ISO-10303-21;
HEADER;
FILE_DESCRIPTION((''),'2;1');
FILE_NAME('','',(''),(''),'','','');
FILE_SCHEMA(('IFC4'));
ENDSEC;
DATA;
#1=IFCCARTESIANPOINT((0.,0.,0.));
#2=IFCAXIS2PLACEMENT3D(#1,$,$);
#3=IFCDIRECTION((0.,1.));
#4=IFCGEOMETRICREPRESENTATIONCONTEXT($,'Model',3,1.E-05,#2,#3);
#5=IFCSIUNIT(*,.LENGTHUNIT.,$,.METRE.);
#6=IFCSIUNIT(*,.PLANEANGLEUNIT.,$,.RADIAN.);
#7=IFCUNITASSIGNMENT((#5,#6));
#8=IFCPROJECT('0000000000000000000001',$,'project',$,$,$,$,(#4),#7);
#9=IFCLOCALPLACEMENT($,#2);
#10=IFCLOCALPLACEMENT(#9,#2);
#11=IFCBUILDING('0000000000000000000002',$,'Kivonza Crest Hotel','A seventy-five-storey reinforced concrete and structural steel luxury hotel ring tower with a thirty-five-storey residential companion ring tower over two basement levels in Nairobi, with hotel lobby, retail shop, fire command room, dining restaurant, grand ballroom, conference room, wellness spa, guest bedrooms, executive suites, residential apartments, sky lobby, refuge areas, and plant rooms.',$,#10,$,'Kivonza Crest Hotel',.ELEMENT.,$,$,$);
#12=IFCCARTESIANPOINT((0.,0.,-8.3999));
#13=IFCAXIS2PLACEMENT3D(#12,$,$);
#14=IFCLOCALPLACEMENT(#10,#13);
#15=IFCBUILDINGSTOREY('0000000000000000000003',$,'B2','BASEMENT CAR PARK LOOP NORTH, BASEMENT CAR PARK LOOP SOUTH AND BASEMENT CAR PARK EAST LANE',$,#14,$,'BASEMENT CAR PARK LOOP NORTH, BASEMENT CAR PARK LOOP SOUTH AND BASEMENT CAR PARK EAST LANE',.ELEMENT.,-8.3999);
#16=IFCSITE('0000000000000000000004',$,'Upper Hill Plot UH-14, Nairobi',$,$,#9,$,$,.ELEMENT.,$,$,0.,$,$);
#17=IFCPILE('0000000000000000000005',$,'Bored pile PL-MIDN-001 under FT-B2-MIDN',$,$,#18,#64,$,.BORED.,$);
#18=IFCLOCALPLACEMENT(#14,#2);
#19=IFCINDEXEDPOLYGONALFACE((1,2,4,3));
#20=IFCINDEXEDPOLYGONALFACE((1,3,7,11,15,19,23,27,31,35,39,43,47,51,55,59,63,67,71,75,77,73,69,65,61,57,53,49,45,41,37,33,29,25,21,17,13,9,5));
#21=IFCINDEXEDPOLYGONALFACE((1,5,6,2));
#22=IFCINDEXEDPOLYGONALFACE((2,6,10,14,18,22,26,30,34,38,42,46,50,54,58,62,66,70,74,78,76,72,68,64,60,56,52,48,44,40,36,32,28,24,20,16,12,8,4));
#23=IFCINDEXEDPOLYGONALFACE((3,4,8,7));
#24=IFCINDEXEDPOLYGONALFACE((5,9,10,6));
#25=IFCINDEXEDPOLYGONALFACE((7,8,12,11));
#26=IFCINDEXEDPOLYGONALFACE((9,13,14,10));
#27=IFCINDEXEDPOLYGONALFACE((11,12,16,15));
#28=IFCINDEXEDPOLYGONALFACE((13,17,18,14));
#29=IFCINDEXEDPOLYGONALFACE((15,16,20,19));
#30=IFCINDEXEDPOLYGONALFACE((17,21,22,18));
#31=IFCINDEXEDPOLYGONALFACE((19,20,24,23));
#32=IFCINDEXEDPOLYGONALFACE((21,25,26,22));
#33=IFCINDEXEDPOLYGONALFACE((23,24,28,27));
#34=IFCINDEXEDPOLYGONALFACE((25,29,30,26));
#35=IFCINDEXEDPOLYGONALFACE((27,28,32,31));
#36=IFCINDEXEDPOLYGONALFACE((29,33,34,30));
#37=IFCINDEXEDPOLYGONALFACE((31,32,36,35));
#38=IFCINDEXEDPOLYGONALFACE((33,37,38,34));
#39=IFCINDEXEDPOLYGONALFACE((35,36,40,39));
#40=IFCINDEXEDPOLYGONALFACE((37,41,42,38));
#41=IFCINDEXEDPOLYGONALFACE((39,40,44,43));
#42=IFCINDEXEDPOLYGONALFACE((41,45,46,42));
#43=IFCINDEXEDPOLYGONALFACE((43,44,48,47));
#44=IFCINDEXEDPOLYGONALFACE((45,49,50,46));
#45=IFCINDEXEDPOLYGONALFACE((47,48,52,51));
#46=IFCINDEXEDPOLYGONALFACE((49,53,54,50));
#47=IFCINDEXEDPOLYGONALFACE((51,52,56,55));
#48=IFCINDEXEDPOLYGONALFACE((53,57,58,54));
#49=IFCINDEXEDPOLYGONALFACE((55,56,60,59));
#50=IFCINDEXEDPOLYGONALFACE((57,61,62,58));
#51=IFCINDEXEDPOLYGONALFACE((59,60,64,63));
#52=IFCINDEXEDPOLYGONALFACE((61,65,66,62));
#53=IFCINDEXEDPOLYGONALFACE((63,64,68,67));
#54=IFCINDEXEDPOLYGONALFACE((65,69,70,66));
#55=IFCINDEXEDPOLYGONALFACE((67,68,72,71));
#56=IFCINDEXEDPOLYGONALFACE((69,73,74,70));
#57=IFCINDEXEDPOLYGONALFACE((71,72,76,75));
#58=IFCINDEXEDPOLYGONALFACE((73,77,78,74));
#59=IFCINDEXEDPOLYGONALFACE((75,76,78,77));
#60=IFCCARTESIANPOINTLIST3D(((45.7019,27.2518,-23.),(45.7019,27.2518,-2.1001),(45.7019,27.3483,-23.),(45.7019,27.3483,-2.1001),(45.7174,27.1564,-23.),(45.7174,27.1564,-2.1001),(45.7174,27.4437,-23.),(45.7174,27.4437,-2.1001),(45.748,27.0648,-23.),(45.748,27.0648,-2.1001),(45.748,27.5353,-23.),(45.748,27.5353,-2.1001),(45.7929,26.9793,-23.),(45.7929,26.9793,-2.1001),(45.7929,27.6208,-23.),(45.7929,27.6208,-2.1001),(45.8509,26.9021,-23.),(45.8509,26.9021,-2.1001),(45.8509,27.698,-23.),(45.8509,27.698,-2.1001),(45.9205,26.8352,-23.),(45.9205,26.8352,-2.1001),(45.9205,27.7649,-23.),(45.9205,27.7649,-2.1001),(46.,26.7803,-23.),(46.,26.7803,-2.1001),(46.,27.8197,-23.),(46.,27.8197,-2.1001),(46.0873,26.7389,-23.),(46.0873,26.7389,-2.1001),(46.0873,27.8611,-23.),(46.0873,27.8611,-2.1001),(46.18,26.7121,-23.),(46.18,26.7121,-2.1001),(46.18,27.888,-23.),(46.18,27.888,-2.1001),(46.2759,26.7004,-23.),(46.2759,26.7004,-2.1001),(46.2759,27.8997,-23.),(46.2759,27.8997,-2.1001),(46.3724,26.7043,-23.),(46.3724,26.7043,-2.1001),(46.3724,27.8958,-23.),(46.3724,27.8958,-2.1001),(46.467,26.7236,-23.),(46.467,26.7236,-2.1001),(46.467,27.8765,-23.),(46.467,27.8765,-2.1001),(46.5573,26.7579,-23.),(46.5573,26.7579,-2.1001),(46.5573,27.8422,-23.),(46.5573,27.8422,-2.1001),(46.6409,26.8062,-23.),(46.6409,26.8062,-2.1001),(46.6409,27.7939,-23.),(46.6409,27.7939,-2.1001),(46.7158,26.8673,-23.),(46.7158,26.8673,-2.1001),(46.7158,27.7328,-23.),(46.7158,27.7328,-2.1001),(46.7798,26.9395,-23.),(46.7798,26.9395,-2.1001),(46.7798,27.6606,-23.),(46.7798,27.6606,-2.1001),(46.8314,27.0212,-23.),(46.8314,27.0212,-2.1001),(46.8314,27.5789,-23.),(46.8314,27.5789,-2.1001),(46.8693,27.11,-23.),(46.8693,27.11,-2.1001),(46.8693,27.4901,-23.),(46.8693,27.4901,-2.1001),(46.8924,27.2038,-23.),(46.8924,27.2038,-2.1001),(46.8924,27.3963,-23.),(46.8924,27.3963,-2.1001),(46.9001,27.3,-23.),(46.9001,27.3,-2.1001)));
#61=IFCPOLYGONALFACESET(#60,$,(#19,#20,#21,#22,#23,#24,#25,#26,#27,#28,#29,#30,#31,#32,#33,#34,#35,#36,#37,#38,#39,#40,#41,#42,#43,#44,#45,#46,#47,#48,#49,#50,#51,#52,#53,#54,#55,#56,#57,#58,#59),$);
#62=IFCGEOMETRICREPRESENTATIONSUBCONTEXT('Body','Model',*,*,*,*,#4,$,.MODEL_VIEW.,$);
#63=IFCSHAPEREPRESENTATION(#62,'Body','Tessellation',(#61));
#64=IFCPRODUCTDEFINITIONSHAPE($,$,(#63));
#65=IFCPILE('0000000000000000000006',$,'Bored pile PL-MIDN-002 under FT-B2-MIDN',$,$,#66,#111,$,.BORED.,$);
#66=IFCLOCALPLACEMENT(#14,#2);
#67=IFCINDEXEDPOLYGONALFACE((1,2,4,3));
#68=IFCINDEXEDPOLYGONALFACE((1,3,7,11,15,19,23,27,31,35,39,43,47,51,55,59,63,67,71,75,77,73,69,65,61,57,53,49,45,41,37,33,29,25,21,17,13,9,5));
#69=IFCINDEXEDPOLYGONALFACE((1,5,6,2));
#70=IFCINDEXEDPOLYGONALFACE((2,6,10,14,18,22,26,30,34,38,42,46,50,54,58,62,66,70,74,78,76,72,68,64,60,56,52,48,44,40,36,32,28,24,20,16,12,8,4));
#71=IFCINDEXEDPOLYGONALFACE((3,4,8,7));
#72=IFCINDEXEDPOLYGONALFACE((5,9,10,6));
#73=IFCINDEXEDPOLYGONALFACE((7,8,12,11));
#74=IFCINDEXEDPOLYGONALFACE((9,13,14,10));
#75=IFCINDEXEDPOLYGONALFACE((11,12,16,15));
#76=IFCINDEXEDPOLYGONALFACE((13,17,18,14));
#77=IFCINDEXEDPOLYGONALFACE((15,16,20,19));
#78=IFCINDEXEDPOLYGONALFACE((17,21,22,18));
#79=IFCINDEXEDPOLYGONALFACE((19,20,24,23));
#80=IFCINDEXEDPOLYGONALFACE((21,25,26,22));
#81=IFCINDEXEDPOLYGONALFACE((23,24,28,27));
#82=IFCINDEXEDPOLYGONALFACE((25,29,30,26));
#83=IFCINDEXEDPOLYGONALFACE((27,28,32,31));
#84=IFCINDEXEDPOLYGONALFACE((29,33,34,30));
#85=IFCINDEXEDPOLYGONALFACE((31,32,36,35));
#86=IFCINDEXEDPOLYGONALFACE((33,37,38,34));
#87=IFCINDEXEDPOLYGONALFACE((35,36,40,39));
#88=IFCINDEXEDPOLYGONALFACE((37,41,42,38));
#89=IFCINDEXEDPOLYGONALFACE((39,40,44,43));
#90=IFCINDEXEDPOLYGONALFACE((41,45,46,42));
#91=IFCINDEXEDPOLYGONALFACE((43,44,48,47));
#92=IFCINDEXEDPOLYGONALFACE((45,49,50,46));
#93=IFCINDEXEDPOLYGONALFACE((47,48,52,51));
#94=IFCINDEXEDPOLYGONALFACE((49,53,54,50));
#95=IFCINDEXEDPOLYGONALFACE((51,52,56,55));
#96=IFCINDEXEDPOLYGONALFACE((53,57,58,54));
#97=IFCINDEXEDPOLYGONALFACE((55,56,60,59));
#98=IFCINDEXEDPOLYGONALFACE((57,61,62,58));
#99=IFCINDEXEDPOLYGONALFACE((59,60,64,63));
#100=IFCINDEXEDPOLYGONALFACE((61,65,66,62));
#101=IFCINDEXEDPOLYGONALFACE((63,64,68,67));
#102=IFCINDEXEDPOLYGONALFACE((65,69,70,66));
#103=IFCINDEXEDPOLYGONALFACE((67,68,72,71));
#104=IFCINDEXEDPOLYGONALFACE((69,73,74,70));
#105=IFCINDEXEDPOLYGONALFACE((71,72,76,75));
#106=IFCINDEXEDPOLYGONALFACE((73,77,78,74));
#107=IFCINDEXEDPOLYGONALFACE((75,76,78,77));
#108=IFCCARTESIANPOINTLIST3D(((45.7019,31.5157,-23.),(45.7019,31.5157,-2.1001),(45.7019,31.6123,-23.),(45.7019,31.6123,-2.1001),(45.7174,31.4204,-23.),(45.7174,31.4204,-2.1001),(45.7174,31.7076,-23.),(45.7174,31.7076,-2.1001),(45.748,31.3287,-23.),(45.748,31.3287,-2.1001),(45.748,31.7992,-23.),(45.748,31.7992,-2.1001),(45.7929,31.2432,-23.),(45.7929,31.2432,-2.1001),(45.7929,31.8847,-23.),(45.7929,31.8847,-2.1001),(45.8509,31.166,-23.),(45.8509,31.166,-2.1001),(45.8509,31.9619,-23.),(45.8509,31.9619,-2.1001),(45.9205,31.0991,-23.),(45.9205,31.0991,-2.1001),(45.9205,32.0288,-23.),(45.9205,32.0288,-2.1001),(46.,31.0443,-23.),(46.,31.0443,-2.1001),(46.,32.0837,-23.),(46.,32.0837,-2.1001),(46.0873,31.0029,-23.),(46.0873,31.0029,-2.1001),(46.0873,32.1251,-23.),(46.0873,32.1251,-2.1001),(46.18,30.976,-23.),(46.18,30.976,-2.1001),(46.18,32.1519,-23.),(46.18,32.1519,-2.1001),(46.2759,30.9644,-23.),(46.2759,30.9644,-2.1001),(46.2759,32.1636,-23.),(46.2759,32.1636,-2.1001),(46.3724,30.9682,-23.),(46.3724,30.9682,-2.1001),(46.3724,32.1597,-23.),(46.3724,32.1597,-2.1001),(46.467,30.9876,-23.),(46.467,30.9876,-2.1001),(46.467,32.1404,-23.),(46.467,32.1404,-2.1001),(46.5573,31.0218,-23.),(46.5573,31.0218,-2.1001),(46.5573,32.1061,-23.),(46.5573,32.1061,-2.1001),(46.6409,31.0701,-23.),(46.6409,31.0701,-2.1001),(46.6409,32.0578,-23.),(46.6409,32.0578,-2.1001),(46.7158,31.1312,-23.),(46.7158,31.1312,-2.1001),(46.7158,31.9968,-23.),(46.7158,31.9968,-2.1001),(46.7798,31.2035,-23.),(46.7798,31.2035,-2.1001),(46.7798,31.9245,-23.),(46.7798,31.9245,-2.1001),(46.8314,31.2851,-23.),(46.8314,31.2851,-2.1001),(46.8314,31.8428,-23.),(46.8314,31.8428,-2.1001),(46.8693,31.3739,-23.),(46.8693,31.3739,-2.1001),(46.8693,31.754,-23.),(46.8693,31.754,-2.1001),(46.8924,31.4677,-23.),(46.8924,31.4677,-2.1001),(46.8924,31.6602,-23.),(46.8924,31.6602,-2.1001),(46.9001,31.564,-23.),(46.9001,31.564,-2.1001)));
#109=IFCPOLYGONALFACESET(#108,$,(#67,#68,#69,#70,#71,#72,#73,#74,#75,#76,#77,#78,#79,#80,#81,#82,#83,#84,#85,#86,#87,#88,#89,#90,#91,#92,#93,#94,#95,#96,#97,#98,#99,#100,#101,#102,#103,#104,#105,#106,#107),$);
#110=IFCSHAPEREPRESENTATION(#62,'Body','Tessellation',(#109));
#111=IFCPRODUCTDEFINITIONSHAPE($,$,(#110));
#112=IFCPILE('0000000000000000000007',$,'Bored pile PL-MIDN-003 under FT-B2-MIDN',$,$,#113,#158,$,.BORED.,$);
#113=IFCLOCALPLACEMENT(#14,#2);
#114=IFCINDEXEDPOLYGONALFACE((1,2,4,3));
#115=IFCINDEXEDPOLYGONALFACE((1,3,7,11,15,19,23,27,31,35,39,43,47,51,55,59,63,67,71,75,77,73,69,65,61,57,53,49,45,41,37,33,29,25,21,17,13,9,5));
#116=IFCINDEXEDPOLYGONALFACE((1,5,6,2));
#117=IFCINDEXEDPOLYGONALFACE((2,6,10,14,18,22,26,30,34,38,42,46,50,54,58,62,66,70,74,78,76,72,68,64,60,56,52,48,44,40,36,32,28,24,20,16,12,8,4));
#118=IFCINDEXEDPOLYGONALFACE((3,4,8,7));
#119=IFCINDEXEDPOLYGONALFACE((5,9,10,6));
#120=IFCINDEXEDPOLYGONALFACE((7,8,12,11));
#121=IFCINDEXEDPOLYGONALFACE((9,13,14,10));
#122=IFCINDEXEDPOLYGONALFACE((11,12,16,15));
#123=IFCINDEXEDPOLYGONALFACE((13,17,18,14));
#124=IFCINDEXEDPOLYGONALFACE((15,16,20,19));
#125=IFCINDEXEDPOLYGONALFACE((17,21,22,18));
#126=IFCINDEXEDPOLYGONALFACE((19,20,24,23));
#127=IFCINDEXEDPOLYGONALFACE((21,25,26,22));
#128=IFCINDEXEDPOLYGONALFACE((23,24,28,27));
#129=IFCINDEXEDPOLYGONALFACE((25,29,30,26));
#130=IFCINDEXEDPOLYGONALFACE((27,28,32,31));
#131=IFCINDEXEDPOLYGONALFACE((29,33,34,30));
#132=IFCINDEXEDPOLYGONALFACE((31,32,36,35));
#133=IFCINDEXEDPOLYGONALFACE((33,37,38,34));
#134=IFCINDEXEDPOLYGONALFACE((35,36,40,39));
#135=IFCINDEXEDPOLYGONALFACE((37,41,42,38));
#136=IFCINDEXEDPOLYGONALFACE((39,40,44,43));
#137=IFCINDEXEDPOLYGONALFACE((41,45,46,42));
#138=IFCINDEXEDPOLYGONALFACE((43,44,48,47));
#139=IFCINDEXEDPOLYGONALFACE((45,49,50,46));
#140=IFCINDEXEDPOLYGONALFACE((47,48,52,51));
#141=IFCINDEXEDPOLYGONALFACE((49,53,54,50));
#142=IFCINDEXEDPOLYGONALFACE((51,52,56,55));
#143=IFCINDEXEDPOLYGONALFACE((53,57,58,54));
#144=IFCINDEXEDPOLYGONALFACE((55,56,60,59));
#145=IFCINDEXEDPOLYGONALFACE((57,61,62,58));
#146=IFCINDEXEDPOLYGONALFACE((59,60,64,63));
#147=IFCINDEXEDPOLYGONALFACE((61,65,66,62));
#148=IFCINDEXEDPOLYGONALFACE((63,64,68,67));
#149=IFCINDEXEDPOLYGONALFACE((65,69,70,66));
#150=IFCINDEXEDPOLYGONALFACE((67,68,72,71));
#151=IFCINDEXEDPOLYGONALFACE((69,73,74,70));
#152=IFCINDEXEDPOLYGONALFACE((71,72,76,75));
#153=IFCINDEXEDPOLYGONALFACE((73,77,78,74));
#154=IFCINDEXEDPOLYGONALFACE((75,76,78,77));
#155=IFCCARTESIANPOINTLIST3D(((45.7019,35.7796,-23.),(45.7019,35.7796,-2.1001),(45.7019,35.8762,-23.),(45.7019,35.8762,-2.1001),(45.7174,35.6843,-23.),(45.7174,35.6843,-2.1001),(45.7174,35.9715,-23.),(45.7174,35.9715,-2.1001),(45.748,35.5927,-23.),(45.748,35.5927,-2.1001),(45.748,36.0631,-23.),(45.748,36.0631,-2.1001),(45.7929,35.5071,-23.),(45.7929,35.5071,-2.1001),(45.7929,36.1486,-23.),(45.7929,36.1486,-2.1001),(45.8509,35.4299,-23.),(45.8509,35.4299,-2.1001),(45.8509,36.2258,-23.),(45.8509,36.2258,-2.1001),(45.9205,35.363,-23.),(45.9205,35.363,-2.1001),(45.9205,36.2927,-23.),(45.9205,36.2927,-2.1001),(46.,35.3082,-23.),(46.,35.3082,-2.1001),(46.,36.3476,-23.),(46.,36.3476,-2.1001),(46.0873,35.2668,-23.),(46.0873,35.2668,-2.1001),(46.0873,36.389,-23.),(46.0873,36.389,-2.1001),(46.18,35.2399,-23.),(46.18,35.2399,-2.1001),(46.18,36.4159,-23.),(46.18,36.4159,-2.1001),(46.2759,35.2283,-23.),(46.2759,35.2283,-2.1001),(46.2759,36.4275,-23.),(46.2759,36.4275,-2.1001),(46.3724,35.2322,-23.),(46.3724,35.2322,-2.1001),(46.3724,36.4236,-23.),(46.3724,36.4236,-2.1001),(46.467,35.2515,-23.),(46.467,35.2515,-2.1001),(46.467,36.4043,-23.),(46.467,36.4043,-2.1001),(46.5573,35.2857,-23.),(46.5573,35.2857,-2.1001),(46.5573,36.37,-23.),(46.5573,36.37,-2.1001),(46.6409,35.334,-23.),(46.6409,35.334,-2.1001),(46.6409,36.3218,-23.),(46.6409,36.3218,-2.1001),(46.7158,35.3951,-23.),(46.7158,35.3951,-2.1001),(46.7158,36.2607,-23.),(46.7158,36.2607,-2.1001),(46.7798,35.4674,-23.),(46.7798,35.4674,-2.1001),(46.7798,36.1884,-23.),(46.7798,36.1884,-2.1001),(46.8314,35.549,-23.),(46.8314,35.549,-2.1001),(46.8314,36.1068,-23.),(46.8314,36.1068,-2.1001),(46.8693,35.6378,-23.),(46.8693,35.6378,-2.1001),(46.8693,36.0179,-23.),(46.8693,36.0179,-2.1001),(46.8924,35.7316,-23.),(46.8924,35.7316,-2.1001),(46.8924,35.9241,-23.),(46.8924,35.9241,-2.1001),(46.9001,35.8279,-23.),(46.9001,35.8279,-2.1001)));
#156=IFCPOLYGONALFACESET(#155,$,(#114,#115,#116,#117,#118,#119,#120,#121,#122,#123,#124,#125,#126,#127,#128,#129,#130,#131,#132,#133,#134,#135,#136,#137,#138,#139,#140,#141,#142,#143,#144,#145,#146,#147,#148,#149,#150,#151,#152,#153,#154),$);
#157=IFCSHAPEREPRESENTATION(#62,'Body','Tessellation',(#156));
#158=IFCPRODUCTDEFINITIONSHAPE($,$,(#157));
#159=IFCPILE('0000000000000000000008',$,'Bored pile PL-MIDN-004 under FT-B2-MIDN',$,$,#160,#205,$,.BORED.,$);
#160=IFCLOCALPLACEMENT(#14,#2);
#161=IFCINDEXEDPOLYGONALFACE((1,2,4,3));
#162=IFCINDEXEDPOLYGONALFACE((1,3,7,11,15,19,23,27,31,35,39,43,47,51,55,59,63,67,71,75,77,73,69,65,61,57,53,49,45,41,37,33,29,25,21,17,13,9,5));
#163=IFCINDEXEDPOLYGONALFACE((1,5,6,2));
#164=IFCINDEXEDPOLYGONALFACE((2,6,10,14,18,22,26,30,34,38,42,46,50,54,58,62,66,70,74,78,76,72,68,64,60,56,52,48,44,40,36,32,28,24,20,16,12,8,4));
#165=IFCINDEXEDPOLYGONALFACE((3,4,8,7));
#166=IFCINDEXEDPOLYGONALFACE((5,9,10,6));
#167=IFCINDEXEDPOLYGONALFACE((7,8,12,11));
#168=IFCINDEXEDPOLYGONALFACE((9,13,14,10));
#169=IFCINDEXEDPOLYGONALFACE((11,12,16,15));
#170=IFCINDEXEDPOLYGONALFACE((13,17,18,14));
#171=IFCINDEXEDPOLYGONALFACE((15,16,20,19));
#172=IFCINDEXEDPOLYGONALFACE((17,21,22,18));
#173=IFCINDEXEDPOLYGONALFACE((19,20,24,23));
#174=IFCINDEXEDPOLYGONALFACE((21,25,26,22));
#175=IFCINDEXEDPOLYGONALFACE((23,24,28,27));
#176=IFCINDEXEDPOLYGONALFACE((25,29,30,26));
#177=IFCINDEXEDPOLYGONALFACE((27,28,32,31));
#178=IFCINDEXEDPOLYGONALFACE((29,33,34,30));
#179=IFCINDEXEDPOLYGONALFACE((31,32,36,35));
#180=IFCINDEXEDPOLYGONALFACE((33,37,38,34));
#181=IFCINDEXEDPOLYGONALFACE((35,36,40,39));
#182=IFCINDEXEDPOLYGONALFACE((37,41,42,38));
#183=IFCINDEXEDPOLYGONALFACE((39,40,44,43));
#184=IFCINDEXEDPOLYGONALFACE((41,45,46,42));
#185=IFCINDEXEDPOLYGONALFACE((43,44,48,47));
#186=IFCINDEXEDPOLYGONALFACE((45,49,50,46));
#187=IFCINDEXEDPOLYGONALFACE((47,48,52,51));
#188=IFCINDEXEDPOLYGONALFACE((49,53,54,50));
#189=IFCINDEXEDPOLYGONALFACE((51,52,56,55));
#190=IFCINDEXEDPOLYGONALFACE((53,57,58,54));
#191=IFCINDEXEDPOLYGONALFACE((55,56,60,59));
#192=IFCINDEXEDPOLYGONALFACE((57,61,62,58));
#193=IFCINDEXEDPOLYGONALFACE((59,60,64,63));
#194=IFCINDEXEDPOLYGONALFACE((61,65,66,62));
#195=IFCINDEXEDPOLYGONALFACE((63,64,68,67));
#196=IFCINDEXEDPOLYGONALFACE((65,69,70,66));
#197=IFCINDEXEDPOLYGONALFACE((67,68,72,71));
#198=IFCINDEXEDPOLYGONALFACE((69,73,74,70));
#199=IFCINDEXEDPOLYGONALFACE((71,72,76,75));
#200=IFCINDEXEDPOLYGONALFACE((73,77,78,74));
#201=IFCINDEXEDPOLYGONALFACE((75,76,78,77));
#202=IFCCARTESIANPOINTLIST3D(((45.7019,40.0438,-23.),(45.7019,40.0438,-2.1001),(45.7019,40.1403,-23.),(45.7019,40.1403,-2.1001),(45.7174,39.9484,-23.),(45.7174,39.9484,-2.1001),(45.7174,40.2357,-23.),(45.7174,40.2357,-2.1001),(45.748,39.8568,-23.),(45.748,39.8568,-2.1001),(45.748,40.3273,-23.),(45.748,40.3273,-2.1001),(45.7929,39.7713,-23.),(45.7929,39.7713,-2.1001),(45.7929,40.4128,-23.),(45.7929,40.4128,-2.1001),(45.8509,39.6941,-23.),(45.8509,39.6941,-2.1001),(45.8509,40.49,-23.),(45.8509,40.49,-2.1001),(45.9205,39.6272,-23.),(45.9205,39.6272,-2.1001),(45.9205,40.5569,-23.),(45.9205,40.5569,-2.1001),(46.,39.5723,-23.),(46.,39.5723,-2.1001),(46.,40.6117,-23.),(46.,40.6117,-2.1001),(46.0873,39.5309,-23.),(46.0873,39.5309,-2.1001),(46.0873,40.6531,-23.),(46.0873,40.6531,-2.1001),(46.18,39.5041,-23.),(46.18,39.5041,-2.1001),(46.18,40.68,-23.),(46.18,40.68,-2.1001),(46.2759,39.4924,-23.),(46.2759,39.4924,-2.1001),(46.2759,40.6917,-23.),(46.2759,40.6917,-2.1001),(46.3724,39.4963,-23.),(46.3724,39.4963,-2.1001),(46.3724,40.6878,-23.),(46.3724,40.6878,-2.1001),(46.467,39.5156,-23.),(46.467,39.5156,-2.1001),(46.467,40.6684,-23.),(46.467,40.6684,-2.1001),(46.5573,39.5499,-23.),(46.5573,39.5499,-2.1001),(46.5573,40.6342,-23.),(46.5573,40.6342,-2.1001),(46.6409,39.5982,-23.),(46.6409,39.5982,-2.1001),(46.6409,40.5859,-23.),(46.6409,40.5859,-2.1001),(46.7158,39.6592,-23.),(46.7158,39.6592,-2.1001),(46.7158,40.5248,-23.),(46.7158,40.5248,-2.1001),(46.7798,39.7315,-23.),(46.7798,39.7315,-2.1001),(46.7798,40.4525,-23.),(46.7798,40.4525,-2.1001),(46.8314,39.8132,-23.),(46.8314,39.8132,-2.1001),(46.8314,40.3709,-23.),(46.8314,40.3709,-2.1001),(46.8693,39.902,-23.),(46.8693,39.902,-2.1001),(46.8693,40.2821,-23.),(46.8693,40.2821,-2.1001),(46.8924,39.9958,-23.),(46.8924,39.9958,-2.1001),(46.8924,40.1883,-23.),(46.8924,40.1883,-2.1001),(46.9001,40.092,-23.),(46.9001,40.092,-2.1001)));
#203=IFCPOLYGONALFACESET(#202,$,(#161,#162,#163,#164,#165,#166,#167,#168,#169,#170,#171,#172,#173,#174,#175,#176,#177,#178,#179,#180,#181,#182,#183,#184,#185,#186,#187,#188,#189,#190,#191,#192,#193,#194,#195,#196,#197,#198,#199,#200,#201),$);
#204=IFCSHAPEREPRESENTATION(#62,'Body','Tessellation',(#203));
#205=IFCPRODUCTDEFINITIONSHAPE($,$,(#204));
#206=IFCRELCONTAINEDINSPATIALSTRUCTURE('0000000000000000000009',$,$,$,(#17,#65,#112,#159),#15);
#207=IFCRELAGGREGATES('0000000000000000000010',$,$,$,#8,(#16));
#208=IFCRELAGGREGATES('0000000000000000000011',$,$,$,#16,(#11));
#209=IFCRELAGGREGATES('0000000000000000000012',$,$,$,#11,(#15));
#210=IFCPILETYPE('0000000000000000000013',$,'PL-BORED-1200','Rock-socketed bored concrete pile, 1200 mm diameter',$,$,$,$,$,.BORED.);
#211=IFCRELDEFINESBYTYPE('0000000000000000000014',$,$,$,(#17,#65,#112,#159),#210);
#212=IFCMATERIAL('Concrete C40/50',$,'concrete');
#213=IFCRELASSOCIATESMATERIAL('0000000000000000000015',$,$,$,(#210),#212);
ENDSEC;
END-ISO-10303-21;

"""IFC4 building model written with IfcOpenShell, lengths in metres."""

from ifc_helpers import new_model, si_unit, direction, frame, origin, origin_2d, place, context, subcontext, project, spatial, circle, extrude, material, material_profile, profile_set, type_object, element, save


model = new_model("IFC4")

# Units and contexts
model_context = context("Model", 3, precision=1e-05, world=origin(), true_north=direction((0.0, 1.0)))
body_context = subcontext(model_context, "Body", "Model", "MODEL_VIEW")
ifc_project = project(units=[si_unit("LENGTHUNIT", "METRE"), si_unit("PLANEANGLEUNIT", "RADIAN")], contexts=[model_context])

# Site, building, storey
site_placement = place(None, origin())
site = spatial("IfcSite", under=ifc_project, at=site_placement, Name="Upper Hill Plot UH-14, Nairobi", CompositionType="ELEMENT", RefElevation=0.0)
building_placement = place(site_placement, origin())
building = spatial("IfcBuilding", under=site, at=building_placement, Name="Kivonza Crest Hotel", Description="A seventy-five-storey reinforced concrete and structural steel luxury hotel ring tower with a thirty-five-storey residential companion ring tower over two basement levels in Nairobi, with hotel lobby, retail shop, fire command room, dining restaurant, grand ballroom, conference room, wellness spa, guest bedrooms, executive suites, residential apartments, sky lobby, refuge areas, and plant rooms.", LongName="Kivonza Crest Hotel", CompositionType="ELEMENT")
storey_placement = place(building_placement, frame((0.0, 0.0, -8.3999)))
storey = spatial("IfcBuildingStorey", under=building, at=storey_placement, Name="B2", Description="BASEMENT CAR PARK LOOP NORTH, BASEMENT CAR PARK LOOP SOUTH AND BASEMENT CAR PARK EAST LANE", LongName="BASEMENT CAR PARK LOOP NORTH, BASEMENT CAR PARK LOOP SOUTH AND BASEMENT CAR PARK EAST LANE", CompositionType="ELEMENT", Elevation=-8.3999)

# Piles
ifc_material_1 = material(Name="Concrete C40/50", Category="concrete")
ifc_material_profile_1 = material_profile(ifc_material_1, circle(Radius=0.6001, at=origin_2d()), Name="PILE D1200")
ifc_profile_set_1 = profile_set([ifc_material_profile_1], Name="Concrete C40/50")
pile_type_1 = type_object("IfcPileType", Name="PL-BORED-1200", Description="Rock-socketed bored concrete pile, 1200 mm diameter", PredefinedType="BORED", material=ifc_profile_set_1)
for number, where, z_axis, x_axis, name in (
    (1, (46.3, 27.3, -2.1001), (0.0, 0.0, -1.0), (1.0, 0.0, 0.0), "Bored pile PL-MIDN-001 under FT-B2-MIDN"),
    (2, (46.3, 31.564, -2.1001), (0.0, 0.0, -1.0), (1.0, 0.0, 0.0), "Bored pile PL-MIDN-002 under FT-B2-MIDN"),
    (3, (46.3, 35.8279, -2.1001), (0.0, 0.0, -1.0), (1.0, 0.0, 0.0), "Bored pile PL-MIDN-003 under FT-B2-MIDN"),
    (4, (46.3, 40.092, -2.1001), (0.0, 0.0, -1.0), (1.0, 0.0, 0.0), "Bored pile PL-MIDN-004 under FT-B2-MIDN"),
):
    element("IfcPile", number, at=place(storey_placement, frame(where, z_axis=z_axis, x_axis=x_axis)), inside=storey, type_object=pile_type_1, Name=name, PredefinedType="BORED", context=body_context, shape_type="SweptSolid", body=[
        extrude(circle(Radius=0.6001, at=origin_2d()), origin(), (0.0, 0.0, 1.0), 20.8999),
    ])

save(model, "model.ifc")
